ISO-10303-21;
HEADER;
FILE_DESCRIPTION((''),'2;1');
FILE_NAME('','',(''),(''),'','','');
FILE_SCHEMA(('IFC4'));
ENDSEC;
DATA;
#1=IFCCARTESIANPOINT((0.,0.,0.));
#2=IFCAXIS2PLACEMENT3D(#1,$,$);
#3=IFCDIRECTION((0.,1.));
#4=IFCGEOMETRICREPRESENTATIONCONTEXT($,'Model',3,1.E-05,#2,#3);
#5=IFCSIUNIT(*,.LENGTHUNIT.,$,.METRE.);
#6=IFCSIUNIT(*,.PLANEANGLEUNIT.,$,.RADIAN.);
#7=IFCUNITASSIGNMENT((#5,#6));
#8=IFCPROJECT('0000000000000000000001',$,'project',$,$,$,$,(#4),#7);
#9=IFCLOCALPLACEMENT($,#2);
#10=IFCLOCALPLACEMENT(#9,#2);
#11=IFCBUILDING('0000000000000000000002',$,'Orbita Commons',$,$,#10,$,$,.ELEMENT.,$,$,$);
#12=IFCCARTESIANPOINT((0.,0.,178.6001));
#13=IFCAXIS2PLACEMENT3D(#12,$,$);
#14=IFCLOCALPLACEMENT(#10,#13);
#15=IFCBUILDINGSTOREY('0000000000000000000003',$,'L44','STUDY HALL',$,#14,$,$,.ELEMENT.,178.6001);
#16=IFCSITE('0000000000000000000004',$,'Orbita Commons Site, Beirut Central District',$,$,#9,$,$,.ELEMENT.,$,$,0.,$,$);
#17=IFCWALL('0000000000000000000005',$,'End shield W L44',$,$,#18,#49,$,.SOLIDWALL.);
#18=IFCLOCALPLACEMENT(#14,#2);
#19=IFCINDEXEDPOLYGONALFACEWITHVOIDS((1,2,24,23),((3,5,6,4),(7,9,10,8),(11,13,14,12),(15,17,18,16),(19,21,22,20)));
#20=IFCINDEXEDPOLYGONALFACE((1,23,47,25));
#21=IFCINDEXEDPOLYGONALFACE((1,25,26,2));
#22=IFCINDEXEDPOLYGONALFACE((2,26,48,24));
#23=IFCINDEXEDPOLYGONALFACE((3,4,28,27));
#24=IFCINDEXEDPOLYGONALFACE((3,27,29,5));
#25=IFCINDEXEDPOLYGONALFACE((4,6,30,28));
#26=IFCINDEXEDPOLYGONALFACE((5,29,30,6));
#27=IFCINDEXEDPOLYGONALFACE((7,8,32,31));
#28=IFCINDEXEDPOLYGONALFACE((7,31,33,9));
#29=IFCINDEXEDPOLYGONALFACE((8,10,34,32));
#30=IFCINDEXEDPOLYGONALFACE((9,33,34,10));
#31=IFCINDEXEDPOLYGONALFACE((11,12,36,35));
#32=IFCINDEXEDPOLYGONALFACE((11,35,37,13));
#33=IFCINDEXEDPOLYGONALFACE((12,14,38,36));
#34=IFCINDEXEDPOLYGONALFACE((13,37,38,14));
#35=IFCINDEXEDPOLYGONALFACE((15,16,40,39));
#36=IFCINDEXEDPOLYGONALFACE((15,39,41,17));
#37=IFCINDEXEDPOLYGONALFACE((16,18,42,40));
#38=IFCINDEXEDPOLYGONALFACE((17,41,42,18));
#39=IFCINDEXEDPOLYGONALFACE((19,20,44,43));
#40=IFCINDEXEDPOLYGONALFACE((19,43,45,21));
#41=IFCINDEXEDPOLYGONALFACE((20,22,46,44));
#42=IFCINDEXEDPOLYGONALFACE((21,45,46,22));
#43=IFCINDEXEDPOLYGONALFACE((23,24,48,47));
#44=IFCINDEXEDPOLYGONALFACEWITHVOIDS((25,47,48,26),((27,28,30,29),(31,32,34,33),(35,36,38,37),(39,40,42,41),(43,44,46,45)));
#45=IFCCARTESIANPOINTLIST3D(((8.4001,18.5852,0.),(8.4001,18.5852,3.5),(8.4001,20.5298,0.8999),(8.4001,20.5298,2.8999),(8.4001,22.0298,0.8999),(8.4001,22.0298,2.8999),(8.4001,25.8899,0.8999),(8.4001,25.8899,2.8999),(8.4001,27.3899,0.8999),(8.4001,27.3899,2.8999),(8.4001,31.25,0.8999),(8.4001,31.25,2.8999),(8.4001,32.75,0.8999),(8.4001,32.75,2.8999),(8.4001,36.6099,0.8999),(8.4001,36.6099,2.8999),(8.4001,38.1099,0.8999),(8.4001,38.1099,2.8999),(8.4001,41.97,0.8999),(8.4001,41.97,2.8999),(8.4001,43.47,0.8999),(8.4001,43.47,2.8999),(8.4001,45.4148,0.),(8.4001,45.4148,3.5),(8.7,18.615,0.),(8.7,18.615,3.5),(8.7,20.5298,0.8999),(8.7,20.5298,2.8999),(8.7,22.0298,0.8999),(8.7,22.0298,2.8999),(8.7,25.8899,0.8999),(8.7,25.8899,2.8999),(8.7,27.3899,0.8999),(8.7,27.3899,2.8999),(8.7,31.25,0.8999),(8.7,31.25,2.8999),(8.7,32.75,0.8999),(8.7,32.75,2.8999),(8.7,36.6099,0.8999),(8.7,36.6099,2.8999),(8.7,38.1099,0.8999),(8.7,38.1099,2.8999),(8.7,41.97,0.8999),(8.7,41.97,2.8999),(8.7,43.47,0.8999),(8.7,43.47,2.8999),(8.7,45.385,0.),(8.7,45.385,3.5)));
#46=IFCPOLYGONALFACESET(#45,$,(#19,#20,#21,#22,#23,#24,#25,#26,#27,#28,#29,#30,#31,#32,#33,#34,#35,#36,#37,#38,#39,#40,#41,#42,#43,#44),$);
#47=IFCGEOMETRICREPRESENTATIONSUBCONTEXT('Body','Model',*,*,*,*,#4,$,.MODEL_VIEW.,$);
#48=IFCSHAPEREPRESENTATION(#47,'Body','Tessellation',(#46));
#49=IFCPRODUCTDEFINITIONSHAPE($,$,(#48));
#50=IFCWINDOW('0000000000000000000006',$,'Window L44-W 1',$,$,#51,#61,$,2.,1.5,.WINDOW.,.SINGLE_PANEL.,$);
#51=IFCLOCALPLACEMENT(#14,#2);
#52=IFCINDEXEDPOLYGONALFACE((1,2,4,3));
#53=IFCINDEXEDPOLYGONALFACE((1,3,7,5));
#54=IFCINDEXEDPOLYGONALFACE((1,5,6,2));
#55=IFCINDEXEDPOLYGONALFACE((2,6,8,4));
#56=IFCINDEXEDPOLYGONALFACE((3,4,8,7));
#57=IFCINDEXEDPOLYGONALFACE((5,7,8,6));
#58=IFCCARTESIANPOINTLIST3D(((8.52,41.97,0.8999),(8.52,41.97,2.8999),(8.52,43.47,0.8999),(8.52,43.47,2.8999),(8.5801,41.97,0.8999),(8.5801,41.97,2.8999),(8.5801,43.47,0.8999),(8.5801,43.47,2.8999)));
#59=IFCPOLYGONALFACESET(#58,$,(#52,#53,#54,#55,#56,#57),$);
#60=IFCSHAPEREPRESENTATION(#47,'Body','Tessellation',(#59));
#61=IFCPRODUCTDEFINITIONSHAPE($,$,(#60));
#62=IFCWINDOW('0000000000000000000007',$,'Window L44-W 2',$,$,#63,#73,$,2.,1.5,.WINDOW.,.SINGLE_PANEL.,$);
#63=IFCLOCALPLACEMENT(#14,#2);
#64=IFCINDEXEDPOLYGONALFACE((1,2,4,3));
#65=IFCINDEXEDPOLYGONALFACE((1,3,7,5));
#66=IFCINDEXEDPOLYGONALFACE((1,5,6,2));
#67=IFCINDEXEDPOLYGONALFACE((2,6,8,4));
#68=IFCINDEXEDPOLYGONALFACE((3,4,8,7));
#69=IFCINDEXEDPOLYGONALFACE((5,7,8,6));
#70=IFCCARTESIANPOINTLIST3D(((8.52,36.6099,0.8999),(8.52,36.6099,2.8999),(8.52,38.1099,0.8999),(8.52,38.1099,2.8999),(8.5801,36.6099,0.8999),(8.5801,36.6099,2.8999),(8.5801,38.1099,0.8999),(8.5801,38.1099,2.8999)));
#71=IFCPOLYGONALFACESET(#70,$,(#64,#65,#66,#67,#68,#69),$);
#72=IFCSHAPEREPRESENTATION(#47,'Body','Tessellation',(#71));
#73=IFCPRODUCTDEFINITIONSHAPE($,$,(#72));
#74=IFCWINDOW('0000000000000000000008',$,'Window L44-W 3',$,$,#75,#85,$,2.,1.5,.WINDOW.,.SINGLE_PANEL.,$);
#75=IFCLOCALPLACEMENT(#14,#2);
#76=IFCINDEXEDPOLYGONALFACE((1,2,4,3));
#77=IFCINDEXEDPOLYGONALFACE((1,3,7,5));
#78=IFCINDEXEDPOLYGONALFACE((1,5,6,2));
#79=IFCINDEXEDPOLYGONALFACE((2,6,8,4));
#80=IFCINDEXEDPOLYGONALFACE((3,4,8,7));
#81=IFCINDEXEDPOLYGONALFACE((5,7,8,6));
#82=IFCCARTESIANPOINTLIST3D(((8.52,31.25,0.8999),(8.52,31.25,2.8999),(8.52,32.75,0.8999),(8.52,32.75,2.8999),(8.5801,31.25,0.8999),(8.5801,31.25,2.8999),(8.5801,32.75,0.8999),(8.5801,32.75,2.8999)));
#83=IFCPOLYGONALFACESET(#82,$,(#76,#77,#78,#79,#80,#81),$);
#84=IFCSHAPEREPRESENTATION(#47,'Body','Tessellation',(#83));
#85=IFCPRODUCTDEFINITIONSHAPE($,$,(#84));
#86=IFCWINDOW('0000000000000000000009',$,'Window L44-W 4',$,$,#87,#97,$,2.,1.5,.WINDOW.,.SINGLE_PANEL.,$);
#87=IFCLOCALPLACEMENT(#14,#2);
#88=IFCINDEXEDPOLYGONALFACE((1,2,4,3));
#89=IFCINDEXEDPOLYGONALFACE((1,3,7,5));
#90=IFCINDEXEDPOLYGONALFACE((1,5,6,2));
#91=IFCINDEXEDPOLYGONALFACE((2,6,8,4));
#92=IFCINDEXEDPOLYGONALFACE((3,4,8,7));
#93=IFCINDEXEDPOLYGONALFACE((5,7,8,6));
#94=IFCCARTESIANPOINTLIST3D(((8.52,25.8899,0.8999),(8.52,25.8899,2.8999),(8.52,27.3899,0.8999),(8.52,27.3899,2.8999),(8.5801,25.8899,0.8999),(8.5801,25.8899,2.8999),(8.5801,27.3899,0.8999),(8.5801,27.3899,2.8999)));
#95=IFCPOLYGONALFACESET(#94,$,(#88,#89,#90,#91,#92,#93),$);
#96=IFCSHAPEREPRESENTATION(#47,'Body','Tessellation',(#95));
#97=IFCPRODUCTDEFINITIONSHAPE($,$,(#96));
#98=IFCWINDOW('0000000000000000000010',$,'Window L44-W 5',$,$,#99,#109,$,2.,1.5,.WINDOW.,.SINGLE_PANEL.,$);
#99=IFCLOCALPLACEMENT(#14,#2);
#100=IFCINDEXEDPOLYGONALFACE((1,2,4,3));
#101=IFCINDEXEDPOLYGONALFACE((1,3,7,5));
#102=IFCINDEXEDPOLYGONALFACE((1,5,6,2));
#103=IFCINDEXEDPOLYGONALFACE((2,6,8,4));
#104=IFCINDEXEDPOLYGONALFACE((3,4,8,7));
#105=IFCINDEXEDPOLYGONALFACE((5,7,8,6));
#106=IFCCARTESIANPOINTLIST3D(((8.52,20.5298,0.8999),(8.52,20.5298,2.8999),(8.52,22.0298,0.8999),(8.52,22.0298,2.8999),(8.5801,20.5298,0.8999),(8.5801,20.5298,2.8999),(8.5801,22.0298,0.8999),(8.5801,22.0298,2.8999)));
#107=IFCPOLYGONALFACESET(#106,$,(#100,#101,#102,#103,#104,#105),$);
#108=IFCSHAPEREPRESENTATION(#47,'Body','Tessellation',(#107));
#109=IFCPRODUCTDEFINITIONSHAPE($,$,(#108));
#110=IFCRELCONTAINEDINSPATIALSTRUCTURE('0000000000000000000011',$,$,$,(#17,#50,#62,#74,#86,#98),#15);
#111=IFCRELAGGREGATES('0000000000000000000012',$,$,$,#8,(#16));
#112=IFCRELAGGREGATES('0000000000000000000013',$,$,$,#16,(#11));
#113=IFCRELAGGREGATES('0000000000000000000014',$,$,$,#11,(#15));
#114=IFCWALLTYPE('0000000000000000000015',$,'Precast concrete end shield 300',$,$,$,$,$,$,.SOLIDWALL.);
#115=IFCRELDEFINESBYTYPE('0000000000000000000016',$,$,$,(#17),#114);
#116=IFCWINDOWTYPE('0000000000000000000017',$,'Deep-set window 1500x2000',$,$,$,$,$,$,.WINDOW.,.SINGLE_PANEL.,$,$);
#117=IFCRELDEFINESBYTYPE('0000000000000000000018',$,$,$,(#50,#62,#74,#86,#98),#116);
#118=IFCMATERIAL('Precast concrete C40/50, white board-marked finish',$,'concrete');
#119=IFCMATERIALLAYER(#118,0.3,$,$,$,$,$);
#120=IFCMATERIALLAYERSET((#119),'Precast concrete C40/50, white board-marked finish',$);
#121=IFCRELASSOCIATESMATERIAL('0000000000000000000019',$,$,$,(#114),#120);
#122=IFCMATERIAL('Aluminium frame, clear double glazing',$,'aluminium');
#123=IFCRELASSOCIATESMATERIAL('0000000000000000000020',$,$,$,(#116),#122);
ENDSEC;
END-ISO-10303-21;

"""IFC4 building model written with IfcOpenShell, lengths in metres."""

from ifc_helpers import new_model, si_unit, direction, frame, frame_2d, origin, place, context, subcontext, project, spatial, polyline, rectangle, outline, extrude, material, layer, layer_set, type_object, element, fill, save


model = new_model("IFC4")

# Units and contexts
model_context = context("Model", 3, precision=1e-05, world=origin(), true_north=direction((0.0, 1.0)))
body_context = subcontext(model_context, "Body", "Model", "MODEL_VIEW")
ifc_project = project(units=[si_unit("LENGTHUNIT", "METRE"), si_unit("PLANEANGLEUNIT", "RADIAN")], contexts=[model_context])

# Site, building, storey
site_placement = place(None, origin())
site = spatial("IfcSite", under=ifc_project, at=site_placement, Name="Orbita Commons Site, Beirut Central District", CompositionType="ELEMENT", RefElevation=0.0)
building_placement = place(site_placement, origin())
building = spatial("IfcBuilding", under=site, at=building_placement, Name="Orbita Commons", CompositionType="ELEMENT")
storey_placement = place(building_placement, frame((0.0, 0.0, 178.6001)))
storey = spatial("IfcBuildingStorey", under=building, at=storey_placement, Name="L44", Description="STUDY HALL", CompositionType="ELEMENT", Elevation=178.6001)

# Wall, openings, windows
ifc_material_1 = material(Name="Precast concrete C40/50, white board-marked finish", Category="concrete")
ifc_layer_1 = layer(ifc_material_1, 0.3)
ifc_layer_set_1 = layer_set([ifc_layer_1], Name="Precast concrete C40/50, white board-marked finish")
wall_type_1 = type_object("IfcWallType", Name="Precast concrete end shield 300", PredefinedType="SOLIDWALL", material=ifc_layer_set_1)
wall_1_placement = place(storey_placement, frame((8.55, 45.3999, 0.0), z_axis=(0.0, 0.0, 1.0), x_axis=(0.0, -1.0, 0.0)))
wall_1 = element("IfcWall", 1, at=wall_1_placement, inside=storey, type_object=wall_type_1, Name="End shield W L44", PredefinedType="SOLIDWALL", context=body_context, shape_type="SweptSolid", body=[
    extrude(outline(polyline([(-0.0149, -0.1499), (26.8147, -0.1499), (26.7849, 0.1499), (0.0149, 0.1499), (-0.0149, -0.1499)])), origin(), (0.0, 0.0, 1.0), 3.5),
])
opening_1_placement = place(wall_1_placement, frame((1.9299, 0.0, 0.8999)))
opening_1 = element("IfcOpeningElement", 2, at=opening_1_placement, cuts=wall_1, PredefinedType="OPENING", context=body_context, shape_type="SweptSolid", body=[
    extrude(rectangle(XDim=1.5, YDim=2.0, at=frame_2d((0.75, 1.0))), frame((0.0, 0.1599, 0.0), z_axis=(0.0, -1.0, 0.0), x_axis=(1.0, 0.0, 0.0)), (0.0, 0.0, 1.0), 0.3201),
])
opening_2_placement = place(wall_1_placement, frame((7.29, 0.0, 0.8999)))
opening_2 = element("IfcOpeningElement", 3, at=opening_2_placement, cuts=wall_1, PredefinedType="OPENING", context=body_context, shape_type="SweptSolid", body=[
    extrude(rectangle(XDim=1.5, YDim=2.0, at=frame_2d((0.75, 1.0))), frame((0.0, 0.1599, 0.0), z_axis=(0.0, -1.0, 0.0), x_axis=(1.0, 0.0, 0.0)), (0.0, 0.0, 1.0), 0.3201),
])
opening_3_placement = place(wall_1_placement, frame((12.6499, 0.0, 0.8999)))
opening_3 = element("IfcOpeningElement", 4, at=opening_3_placement, cuts=wall_1, PredefinedType="OPENING", context=body_context, shape_type="SweptSolid", body=[
    extrude(rectangle(XDim=1.5, YDim=2.0, at=frame_2d((0.75, 1.0))), frame((0.0, 0.1599, 0.0), z_axis=(0.0, -1.0, 0.0), x_axis=(1.0, 0.0, 0.0)), (0.0, 0.0, 1.0), 0.3201),
])
opening_4_placement = place(wall_1_placement, frame((18.01, 0.0, 0.8999)))
opening_4 = element("IfcOpeningElement", 5, at=opening_4_placement, cuts=wall_1, PredefinedType="OPENING", context=body_context, shape_type="SweptSolid", body=[
    extrude(rectangle(XDim=1.5, YDim=2.0, at=frame_2d((0.75, 1.0))), frame((0.0, 0.1599, 0.0), z_axis=(0.0, -1.0, 0.0), x_axis=(1.0, 0.0, 0.0)), (0.0, 0.0, 1.0), 0.3201),
])
opening_5_placement = place(wall_1_placement, frame((23.3701, 0.0, 0.8999)))
opening_5 = element("IfcOpeningElement", 6, at=opening_5_placement, cuts=wall_1, PredefinedType="OPENING", context=body_context, shape_type="SweptSolid", body=[
    extrude(rectangle(XDim=1.5, YDim=2.0, at=frame_2d((0.75, 1.0))), frame((0.0, 0.1599, 0.0), z_axis=(0.0, -1.0, 0.0), x_axis=(1.0, 0.0, 0.0)), (0.0, 0.0, 1.0), 0.3201),
])
ifc_material_2 = material(Name="Aluminium frame, clear double glazing", Category="aluminium")
window_type = type_object("IfcWindowType", Name="Deep-set window 1500x2000", PartitioningType="SINGLE_PANEL", PredefinedType="WINDOW", material=ifc_material_2)
window_1_placement = place(opening_1_placement, origin())
window_1 = element("IfcWindow", 7, at=window_1_placement, inside=storey, type_object=window_type, Name="Window L44-W 1", OverallHeight=2.0, OverallWidth=1.5, PartitioningType="SINGLE_PANEL", PredefinedType="WINDOW", context=body_context, shape_type="SweptSolid", body=[
    extrude(rectangle(XDim=1.5, YDim=2.0, at=frame_2d((0.75, 1.0))), frame((0.0, 0.03, 0.0), z_axis=(0.0, -1.0, 0.0), x_axis=(1.0, 0.0, 0.0)), (0.0, 0.0, 1.0), 0.0601),
])
fill(opening_1, window_1)
window_2_placement = place(opening_2_placement, origin())
window_2 = element("IfcWindow", 8, at=window_2_placement, inside=storey, type_object=window_type, Name="Window L44-W 2", OverallHeight=2.0, OverallWidth=1.5, PartitioningType="SINGLE_PANEL", PredefinedType="WINDOW", context=body_context, shape_type="SweptSolid", body=[
    extrude(rectangle(XDim=1.5, YDim=2.0, at=frame_2d((0.75, 1.0))), frame((0.0, 0.03, 0.0), z_axis=(0.0, -1.0, 0.0), x_axis=(1.0, 0.0, 0.0)), (0.0, 0.0, 1.0), 0.0601),
])
fill(opening_2, window_2)
window_3_placement = place(opening_3_placement, origin())
window_3 = element("IfcWindow", 9, at=window_3_placement, inside=storey, type_object=window_type, Name="Window L44-W 3", OverallHeight=2.0, OverallWidth=1.5, PartitioningType="SINGLE_PANEL", PredefinedType="WINDOW", context=body_context, shape_type="SweptSolid", body=[
    extrude(rectangle(XDim=1.5, YDim=2.0, at=frame_2d((0.75, 1.0))), frame((0.0, 0.03, 0.0), z_axis=(0.0, -1.0, 0.0), x_axis=(1.0, 0.0, 0.0)), (0.0, 0.0, 1.0), 0.0601),
])
fill(opening_3, window_3)
window_4_placement = place(opening_4_placement, origin())
window_4 = element("IfcWindow", 10, at=window_4_placement, inside=storey, type_object=window_type, Name="Window L44-W 4", OverallHeight=2.0, OverallWidth=1.5, PartitioningType="SINGLE_PANEL", PredefinedType="WINDOW", context=body_context, shape_type="SweptSolid", body=[
    extrude(rectangle(XDim=1.5, YDim=2.0, at=frame_2d((0.75, 1.0))), frame((0.0, 0.03, 0.0), z_axis=(0.0, -1.0, 0.0), x_axis=(1.0, 0.0, 0.0)), (0.0, 0.0, 1.0), 0.0601),
])
fill(opening_4, window_4)
window_5_placement = place(opening_5_placement, origin())
window_5 = element("IfcWindow", 11, at=window_5_placement, inside=storey, type_object=window_type, Name="Window L44-W 5", OverallHeight=2.0, OverallWidth=1.5, PartitioningType="SINGLE_PANEL", PredefinedType="WINDOW", context=body_context, shape_type="SweptSolid", body=[
    extrude(rectangle(XDim=1.5, YDim=2.0, at=frame_2d((0.75, 1.0))), frame((0.0, 0.03, 0.0), z_axis=(0.0, -1.0, 0.0), x_axis=(1.0, 0.0, 0.0)), (0.0, 0.0, 1.0), 0.0601),
])
fill(opening_5, window_5)

save(model, "model.ifc")
